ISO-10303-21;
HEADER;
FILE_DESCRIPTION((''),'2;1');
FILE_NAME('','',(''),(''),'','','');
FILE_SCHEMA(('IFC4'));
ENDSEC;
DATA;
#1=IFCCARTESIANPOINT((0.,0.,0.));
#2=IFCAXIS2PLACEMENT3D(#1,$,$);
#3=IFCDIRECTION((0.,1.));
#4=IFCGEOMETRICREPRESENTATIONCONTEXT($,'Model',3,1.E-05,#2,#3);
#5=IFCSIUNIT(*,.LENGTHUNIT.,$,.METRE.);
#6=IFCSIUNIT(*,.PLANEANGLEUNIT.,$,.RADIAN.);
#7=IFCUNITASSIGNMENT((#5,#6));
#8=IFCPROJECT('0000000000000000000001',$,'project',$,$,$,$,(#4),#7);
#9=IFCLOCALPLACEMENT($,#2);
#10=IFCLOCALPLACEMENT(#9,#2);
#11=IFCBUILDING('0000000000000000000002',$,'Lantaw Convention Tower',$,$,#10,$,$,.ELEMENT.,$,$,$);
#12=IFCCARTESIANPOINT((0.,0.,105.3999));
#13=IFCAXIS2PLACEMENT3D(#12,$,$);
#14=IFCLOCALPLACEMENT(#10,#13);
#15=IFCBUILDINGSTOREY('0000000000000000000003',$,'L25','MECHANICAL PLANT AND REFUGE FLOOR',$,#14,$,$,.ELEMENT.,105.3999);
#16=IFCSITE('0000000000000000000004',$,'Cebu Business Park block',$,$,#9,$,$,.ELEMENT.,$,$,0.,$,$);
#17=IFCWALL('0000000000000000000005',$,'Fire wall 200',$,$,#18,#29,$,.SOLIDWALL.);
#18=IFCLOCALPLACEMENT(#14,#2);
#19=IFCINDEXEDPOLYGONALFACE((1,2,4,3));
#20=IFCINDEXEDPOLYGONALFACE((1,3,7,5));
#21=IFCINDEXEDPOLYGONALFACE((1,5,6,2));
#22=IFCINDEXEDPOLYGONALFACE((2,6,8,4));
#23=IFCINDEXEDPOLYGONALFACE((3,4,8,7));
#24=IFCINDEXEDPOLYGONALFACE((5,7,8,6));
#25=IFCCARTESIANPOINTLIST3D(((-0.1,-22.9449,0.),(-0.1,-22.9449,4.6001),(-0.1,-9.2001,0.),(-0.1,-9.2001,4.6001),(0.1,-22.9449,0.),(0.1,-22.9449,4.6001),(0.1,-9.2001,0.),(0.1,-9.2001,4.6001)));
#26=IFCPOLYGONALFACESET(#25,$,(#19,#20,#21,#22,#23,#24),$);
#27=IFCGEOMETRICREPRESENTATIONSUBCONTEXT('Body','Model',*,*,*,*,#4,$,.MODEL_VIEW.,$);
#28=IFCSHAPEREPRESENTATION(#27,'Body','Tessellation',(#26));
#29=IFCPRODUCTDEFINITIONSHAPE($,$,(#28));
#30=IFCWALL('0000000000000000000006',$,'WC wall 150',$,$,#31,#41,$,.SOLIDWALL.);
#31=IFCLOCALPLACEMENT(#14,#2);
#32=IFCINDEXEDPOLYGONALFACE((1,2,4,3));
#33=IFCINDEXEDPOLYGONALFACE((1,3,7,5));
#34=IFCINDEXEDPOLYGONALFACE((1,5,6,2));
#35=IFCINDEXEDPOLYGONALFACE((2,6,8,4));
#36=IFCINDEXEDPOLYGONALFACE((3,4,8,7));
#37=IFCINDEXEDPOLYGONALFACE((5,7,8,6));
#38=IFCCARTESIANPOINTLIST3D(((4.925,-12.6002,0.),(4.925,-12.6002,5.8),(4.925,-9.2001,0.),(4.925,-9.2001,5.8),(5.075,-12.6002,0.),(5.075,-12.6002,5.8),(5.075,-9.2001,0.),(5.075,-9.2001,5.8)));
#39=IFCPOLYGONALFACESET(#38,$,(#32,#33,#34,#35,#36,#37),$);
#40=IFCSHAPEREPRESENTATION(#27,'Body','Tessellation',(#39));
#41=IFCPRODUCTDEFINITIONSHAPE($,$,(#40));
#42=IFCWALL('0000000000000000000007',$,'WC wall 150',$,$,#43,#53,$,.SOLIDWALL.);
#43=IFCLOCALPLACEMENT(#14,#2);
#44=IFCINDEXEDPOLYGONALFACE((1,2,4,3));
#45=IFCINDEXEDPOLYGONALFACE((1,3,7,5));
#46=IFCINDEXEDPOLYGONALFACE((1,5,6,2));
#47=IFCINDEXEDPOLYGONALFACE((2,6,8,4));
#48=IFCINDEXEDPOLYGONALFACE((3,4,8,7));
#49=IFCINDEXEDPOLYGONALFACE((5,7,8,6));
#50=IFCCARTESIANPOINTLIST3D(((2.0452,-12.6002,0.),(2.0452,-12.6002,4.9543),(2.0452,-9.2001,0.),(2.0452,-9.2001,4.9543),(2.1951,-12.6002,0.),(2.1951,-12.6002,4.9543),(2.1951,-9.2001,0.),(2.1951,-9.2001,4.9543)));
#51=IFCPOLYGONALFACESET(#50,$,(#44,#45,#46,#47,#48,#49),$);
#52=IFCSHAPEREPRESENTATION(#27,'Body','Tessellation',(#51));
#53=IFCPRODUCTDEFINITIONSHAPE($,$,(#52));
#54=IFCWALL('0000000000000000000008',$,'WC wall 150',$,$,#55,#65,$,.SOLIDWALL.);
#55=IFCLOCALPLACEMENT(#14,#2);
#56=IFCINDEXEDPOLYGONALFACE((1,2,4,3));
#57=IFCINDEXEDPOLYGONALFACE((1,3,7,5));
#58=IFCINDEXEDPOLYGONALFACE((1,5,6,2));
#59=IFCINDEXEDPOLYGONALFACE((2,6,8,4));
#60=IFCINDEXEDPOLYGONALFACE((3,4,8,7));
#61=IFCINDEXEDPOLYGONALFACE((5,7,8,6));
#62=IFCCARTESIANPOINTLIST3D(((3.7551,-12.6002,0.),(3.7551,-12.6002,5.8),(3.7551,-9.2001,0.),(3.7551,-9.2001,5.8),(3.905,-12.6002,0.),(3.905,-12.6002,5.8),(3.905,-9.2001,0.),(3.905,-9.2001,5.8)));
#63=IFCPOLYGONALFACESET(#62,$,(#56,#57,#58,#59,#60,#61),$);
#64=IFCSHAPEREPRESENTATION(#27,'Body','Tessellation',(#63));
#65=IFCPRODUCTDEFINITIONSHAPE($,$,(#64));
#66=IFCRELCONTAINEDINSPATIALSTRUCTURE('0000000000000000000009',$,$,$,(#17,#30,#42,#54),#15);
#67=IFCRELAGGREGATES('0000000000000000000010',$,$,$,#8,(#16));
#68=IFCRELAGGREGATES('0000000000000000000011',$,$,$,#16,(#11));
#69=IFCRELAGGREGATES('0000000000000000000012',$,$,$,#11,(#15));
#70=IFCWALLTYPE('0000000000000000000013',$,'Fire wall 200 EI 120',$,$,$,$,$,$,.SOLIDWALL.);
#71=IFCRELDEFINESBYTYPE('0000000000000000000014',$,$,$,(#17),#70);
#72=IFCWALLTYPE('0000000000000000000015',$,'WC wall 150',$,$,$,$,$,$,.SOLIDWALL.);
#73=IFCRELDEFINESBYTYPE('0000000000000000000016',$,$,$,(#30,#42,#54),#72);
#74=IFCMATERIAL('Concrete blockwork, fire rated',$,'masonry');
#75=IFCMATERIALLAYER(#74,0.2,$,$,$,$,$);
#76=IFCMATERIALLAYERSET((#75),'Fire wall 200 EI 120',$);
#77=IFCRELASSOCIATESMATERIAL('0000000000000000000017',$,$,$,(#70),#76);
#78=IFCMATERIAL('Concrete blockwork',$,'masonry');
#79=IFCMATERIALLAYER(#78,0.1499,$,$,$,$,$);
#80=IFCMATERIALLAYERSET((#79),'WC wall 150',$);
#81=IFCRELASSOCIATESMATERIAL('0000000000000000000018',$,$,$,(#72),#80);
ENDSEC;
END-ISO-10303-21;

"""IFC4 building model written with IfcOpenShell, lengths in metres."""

from ifc_helpers import new_model, si_unit, direction, frame, frame_2d, origin, place, context, subcontext, project, spatial, rectangle, extrude, material, layer, layer_set, type_object, element, save


model = new_model("IFC4")

# Units and contexts
model_context = context("Model", 3, precision=1e-05, world=origin(), true_north=direction((0.0, 1.0)))
body_context = subcontext(model_context, "Body", "Model", "MODEL_VIEW")
ifc_project = project(units=[si_unit("LENGTHUNIT", "METRE"), si_unit("PLANEANGLEUNIT", "RADIAN")], contexts=[model_context])

# Site, building, storey
site_placement = place(None, origin())
site = spatial("IfcSite", under=ifc_project, at=site_placement, Name="Cebu Business Park block", CompositionType="ELEMENT", RefElevation=0.0)
building_placement = place(site_placement, origin())
building = spatial("IfcBuilding", under=site, at=building_placement, Name="Lantaw Convention Tower", CompositionType="ELEMENT")
storey_placement = place(building_placement, frame((0.0, 0.0, 105.3999)))
storey = spatial("IfcBuildingStorey", under=building, at=storey_placement, Name="L25", Description="MECHANICAL PLANT AND REFUGE FLOOR", CompositionType="ELEMENT", Elevation=105.3999)

# Walls
ifc_material_1 = material(Name="Concrete blockwork, fire rated", Category="masonry")
ifc_layer_1 = layer(ifc_material_1, 0.2)
ifc_layer_set_1 = layer_set([ifc_layer_1], Name="Fire wall 200 EI 120")
wall_type_1 = type_object("IfcWallType", Name="Fire wall 200 EI 120", PredefinedType="SOLIDWALL", material=ifc_layer_set_1)
wall_1_placement = place(storey_placement, frame((0.0, -9.2, 0.0), z_axis=(0.0, 0.0, 1.0), x_axis=(0.0, -1.0, 0.0)))
element("IfcWall", 1, at=wall_1_placement, inside=storey, type_object=wall_type_1, Name="Fire wall 200", PredefinedType="SOLIDWALL", context=body_context, shape_type="SweptSolid", body=[
    extrude(rectangle(XDim=13.7449, YDim=0.2, at=frame_2d((6.8726, 0.0))), origin(), (0.0, 0.0, 1.0), 4.6001),
])
ifc_material_2 = material(Name="Concrete blockwork", Category="masonry")
ifc_layer_2 = layer(ifc_material_2, 0.1499)
ifc_layer_set_2 = layer_set([ifc_layer_2], Name="WC wall 150")
wall_type_2 = type_object("IfcWallType", Name="WC wall 150", PredefinedType="SOLIDWALL", material=ifc_layer_set_2)
wall_2_placement = place(storey_placement, frame((5.0, -9.2, 0.0), z_axis=(0.0, 0.0, 1.0), x_axis=(0.0, -1.0, 0.0)))
element("IfcWall", 2, at=wall_2_placement, inside=storey, type_object=wall_type_2, Name="WC wall 150", PredefinedType="SOLIDWALL", context=body_context, shape_type="SweptSolid", body=[
    extrude(rectangle(XDim=3.4001, YDim=0.1499, at=frame_2d((1.7002, 0.0))), origin(), (0.0, 0.0, 1.0), 5.8),
])
wall_3_placement = place(storey_placement, frame((2.1201, -9.2, 0.0), z_axis=(0.0, 0.0, 1.0), x_axis=(0.0, -1.0, 0.0)))
element("IfcWall", 3, at=wall_3_placement, inside=storey, type_object=wall_type_2, Name="WC wall 150", PredefinedType="SOLIDWALL", context=body_context, shape_type="SweptSolid", body=[
    extrude(rectangle(XDim=3.4001, YDim=0.1499, at=frame_2d((1.7002, 0.0))), origin(), (0.0, 0.0, 1.0), 4.9543),
])
wall_4_placement = place(storey_placement, frame((3.8301, -9.2, 0.0), z_axis=(0.0, 0.0, 1.0), x_axis=(0.0, -1.0, 0.0)))
element("IfcWall", 4, at=wall_4_placement, inside=storey, type_object=wall_type_2, Name="WC wall 150", PredefinedType="SOLIDWALL", context=body_context, shape_type="SweptSolid", body=[
    extrude(rectangle(XDim=3.4001, YDim=0.1499, at=frame_2d((1.7002, 0.0))), origin(), (0.0, 0.0, 1.0), 5.8),
])

save(model, "model.ifc")
